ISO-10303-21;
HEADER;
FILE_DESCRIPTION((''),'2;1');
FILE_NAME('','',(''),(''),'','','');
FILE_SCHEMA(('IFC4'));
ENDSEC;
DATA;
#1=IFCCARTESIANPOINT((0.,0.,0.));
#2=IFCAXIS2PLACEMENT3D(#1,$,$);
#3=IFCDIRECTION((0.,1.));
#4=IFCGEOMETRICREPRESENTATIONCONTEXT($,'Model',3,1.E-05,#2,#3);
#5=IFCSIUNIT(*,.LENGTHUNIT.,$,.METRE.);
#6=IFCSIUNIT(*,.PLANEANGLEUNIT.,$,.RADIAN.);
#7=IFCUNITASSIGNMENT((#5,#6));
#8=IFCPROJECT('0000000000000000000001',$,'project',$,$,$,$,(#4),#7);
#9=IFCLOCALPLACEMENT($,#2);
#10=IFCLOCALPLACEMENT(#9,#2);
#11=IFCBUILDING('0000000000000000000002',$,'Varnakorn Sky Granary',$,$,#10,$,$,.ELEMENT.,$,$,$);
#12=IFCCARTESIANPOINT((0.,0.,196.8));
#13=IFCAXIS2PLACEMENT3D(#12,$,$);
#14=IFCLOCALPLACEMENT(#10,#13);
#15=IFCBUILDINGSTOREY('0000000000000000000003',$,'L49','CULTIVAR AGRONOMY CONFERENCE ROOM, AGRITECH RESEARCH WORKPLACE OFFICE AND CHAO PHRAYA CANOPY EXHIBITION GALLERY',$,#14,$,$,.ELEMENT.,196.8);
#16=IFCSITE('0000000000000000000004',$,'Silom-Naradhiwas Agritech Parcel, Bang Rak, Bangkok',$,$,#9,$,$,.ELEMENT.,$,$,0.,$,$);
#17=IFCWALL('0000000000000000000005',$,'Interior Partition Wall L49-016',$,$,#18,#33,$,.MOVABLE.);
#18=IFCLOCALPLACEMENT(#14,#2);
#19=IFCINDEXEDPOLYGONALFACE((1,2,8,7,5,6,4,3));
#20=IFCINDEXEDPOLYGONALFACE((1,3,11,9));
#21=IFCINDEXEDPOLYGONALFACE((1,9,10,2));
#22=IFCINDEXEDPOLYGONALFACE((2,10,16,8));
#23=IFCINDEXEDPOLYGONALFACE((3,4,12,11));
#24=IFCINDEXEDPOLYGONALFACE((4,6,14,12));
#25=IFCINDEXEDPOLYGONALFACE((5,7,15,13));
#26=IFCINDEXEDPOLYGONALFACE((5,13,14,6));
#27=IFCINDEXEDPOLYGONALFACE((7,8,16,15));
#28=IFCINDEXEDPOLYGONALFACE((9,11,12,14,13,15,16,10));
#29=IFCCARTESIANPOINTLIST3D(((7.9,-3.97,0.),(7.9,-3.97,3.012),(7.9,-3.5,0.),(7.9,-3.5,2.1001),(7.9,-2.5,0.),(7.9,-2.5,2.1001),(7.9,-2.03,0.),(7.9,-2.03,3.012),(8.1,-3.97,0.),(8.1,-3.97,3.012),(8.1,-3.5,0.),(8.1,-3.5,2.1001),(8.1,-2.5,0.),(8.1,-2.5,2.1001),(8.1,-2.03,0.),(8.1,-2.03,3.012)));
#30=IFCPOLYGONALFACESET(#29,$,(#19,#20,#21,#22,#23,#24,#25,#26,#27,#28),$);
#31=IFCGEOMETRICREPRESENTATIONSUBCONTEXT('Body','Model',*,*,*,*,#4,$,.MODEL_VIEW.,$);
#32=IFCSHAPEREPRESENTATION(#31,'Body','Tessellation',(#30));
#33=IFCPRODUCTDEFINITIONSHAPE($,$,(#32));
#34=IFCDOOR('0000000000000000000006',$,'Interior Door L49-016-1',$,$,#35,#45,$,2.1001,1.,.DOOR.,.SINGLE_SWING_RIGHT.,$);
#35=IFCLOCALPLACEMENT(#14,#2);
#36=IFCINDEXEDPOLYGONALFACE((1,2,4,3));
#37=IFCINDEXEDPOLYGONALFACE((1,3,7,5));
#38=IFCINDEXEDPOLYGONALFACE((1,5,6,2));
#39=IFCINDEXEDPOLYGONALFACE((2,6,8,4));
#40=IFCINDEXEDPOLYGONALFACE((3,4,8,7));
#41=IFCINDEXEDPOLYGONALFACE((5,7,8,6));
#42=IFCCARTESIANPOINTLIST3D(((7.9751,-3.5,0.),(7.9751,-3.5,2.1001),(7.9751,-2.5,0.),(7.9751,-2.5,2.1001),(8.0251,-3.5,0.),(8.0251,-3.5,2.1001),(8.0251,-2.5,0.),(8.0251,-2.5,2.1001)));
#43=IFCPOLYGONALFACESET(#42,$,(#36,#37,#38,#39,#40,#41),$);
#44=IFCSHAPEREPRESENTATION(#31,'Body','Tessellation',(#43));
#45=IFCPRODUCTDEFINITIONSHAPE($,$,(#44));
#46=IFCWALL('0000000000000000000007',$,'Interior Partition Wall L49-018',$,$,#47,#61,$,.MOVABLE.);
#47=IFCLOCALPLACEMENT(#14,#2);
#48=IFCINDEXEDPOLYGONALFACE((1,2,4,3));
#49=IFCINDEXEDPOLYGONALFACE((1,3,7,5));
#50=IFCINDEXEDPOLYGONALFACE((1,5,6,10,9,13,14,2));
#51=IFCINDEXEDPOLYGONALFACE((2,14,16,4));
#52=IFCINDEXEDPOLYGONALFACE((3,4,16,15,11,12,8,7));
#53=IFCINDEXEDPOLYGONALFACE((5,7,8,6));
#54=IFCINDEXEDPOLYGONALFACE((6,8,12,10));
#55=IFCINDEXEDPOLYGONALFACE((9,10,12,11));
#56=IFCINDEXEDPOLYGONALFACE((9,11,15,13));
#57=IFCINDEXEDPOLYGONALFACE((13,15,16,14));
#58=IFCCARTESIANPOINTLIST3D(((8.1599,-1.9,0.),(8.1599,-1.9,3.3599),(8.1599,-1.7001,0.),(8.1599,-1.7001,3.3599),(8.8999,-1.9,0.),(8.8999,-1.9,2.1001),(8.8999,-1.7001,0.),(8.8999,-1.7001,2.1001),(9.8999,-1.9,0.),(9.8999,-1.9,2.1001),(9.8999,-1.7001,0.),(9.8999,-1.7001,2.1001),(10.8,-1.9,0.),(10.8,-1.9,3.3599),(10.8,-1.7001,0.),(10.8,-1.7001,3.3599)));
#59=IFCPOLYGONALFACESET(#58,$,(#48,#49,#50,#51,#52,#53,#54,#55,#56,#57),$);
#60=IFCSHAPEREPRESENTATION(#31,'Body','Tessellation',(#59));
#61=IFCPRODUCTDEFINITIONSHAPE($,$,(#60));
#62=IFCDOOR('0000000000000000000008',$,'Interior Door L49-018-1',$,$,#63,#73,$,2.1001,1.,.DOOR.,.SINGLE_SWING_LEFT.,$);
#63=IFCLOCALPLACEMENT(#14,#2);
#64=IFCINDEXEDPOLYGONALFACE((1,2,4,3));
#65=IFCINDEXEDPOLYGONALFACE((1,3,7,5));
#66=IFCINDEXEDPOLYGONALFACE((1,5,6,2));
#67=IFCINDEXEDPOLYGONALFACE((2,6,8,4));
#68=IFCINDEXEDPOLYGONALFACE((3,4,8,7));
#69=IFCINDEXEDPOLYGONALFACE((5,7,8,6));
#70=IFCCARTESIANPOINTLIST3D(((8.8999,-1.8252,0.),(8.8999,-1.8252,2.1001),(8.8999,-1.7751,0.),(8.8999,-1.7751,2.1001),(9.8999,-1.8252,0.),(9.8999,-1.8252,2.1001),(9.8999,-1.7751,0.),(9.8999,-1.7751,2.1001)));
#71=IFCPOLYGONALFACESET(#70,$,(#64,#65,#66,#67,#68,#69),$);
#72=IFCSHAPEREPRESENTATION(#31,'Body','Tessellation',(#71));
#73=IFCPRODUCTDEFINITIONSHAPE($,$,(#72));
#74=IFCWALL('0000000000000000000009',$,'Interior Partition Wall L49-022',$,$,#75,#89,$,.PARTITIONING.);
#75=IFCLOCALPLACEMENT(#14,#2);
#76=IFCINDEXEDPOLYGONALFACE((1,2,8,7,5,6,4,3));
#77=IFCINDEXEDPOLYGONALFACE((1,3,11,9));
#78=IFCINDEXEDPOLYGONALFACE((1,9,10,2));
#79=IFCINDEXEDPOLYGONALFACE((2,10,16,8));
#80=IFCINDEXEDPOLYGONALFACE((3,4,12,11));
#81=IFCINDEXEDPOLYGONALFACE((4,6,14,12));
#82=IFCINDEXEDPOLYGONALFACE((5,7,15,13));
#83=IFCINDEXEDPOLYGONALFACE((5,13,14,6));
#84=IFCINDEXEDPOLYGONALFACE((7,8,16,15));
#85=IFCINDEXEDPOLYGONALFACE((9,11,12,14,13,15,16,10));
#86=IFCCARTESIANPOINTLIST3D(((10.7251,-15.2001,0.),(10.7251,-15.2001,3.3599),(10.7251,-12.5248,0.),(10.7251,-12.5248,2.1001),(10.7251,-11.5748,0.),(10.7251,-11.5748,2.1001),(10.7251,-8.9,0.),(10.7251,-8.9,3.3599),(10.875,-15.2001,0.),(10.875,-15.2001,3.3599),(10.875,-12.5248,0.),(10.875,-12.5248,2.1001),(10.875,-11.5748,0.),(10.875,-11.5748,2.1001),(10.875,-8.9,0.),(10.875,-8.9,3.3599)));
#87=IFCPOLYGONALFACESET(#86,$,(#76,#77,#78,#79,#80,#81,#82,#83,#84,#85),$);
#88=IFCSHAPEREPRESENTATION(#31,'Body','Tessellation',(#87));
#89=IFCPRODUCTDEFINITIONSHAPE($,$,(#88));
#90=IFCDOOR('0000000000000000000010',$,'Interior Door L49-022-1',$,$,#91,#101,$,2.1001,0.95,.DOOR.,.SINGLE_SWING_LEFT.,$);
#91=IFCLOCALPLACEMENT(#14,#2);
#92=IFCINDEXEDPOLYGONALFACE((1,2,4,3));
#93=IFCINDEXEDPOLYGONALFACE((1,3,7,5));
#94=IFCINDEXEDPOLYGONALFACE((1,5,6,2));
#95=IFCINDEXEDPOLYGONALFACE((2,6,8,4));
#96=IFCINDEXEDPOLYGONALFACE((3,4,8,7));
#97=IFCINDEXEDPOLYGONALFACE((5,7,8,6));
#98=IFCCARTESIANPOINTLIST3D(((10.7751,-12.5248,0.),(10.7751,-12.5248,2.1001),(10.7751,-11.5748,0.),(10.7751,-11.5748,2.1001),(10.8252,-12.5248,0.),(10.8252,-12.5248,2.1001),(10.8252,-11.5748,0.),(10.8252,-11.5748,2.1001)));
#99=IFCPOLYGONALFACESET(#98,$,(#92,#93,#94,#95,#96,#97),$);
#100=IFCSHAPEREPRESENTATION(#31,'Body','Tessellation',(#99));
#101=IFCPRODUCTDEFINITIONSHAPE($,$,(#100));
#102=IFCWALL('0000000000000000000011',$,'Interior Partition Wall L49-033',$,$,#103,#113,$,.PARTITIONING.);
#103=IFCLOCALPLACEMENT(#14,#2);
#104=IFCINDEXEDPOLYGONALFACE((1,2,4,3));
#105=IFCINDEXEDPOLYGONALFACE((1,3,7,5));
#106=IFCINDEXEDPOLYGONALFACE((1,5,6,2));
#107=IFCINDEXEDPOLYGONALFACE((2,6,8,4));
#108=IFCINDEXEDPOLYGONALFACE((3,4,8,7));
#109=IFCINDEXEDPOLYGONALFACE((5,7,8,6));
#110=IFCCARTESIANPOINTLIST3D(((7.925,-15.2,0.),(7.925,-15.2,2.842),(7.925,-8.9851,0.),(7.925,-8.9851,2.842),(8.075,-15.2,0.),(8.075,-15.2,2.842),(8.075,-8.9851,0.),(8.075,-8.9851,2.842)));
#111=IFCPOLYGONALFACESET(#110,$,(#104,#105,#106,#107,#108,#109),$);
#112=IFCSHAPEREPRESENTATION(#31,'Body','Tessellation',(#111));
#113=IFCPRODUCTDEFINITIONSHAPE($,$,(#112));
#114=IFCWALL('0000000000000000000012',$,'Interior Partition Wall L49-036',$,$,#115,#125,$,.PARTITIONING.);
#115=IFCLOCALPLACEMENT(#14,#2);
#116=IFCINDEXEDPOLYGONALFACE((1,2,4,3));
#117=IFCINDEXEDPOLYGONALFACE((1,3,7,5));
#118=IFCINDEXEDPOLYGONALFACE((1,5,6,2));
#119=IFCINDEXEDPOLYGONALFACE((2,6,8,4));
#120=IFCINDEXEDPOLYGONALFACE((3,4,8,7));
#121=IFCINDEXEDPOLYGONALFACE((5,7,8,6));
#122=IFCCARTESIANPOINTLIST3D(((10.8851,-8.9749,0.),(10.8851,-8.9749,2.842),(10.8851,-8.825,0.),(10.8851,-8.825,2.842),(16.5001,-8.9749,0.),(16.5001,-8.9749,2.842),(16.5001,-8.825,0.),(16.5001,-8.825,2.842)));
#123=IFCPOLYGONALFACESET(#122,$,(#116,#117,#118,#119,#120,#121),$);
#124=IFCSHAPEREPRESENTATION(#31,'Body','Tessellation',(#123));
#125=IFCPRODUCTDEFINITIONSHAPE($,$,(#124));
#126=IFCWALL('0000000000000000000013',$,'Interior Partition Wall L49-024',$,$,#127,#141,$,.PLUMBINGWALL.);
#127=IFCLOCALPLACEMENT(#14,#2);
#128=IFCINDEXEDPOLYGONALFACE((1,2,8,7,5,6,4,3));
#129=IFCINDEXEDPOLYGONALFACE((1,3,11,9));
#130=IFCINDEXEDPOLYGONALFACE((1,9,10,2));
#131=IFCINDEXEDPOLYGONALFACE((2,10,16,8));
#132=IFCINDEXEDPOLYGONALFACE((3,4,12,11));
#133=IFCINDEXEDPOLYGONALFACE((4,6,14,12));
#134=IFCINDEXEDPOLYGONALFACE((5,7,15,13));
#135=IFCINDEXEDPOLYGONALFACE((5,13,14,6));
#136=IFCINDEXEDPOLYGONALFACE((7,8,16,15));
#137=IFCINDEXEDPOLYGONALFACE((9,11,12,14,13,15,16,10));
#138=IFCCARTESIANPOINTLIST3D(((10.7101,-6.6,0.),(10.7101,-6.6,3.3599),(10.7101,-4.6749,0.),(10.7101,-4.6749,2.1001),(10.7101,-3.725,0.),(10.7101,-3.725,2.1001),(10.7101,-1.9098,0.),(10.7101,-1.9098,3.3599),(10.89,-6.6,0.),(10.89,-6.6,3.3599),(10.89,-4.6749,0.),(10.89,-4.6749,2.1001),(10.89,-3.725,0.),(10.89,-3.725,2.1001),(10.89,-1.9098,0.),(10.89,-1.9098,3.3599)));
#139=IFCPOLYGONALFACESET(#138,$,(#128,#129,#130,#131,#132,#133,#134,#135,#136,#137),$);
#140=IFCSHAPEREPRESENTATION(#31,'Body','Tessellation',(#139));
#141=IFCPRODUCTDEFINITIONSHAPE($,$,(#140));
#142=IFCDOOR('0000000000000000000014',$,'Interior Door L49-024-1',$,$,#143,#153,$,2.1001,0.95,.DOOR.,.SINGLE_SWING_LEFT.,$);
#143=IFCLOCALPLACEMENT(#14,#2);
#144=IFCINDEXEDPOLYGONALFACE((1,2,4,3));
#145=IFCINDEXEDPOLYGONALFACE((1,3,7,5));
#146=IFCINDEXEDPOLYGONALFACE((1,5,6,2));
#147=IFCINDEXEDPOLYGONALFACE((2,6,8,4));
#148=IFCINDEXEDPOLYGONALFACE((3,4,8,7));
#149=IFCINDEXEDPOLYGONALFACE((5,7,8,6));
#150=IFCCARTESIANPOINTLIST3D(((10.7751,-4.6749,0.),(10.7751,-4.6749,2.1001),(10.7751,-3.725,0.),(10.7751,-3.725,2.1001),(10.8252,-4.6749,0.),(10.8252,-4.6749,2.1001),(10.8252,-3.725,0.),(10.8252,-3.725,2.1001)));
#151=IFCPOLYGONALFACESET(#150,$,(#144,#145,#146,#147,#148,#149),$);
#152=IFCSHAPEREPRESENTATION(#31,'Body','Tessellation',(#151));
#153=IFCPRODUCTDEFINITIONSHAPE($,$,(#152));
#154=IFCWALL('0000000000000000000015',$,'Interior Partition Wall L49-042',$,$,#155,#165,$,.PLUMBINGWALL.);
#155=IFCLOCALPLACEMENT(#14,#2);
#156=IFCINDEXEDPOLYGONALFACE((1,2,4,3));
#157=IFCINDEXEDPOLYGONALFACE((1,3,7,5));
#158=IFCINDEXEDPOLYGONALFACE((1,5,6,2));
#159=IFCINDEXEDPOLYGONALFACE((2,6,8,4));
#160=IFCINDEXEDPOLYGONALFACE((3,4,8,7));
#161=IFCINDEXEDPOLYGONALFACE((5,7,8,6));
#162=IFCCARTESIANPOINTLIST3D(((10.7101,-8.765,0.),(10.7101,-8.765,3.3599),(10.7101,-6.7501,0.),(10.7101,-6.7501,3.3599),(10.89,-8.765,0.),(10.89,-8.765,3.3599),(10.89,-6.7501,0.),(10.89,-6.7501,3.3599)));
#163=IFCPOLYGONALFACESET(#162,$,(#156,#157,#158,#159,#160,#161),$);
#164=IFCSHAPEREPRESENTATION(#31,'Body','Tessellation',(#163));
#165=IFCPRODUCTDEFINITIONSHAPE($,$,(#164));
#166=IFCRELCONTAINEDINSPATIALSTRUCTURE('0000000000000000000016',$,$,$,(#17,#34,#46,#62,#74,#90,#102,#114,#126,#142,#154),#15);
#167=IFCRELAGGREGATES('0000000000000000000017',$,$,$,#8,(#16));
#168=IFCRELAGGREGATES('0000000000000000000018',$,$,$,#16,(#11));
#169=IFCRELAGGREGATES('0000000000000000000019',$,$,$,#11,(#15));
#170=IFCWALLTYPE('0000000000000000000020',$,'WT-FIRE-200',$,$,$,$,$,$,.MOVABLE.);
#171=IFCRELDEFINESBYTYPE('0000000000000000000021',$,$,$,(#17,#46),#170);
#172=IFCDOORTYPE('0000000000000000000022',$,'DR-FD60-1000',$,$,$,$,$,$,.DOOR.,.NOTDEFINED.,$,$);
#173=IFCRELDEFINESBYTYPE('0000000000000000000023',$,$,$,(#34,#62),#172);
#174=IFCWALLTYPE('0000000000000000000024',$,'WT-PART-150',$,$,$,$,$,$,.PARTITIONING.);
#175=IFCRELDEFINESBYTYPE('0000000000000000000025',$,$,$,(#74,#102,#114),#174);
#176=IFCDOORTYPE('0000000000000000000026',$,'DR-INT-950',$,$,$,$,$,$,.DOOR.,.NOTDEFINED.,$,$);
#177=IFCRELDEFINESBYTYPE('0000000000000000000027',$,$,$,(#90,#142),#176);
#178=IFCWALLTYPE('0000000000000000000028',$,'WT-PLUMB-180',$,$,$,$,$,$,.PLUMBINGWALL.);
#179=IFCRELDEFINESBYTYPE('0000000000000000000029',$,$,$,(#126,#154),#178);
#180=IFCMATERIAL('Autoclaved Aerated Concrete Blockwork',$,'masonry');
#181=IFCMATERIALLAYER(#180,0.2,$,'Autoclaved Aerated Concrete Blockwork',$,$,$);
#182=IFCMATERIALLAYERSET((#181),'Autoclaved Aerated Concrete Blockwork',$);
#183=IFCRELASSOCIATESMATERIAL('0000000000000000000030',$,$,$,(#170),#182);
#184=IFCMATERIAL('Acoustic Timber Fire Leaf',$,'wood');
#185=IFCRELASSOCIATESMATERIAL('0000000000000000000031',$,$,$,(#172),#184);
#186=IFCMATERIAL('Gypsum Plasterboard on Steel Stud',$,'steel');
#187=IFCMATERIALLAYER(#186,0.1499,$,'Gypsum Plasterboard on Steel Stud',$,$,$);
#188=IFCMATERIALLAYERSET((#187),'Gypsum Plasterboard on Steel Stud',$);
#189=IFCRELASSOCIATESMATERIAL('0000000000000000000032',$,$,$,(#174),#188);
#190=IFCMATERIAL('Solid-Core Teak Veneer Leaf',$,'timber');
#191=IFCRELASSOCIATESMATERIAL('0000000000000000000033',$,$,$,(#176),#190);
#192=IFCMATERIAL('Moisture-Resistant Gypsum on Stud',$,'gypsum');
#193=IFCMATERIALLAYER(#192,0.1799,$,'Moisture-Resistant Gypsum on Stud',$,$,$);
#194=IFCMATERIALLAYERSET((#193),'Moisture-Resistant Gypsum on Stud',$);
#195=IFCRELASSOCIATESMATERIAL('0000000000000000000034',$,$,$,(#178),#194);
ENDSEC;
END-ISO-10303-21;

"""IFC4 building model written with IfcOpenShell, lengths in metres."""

from ifc_helpers import new_model, si_unit, direction, frame, frame_2d, origin, place, context, subcontext, project, spatial, rectangle, extrude, material, layer, layer_set, type_object, element, fill, save


model = new_model("IFC4")

# Units and contexts
model_context = context("Model", 3, precision=1e-05, world=origin(), true_north=direction((0.0, 1.0)))
body_context = subcontext(model_context, "Body", "Model", "MODEL_VIEW")
ifc_project = project(units=[si_unit("LENGTHUNIT", "METRE"), si_unit("PLANEANGLEUNIT", "RADIAN")], contexts=[model_context])

# Site, building, storey
site_placement = place(None, origin())
site = spatial("IfcSite", under=ifc_project, at=site_placement, Name="Silom-Naradhiwas Agritech Parcel, Bang Rak, Bangkok", CompositionType="ELEMENT", RefElevation=0.0)
building_placement = place(site_placement, origin())
building = spatial("IfcBuilding", under=site, at=building_placement, Name="Varnakorn Sky Granary", CompositionType="ELEMENT")
storey_placement = place(building_placement, frame((0.0, 0.0, 196.8)))
storey = spatial("IfcBuildingStorey", under=building, at=storey_placement, Name="L49", Description="CULTIVAR AGRONOMY CONFERENCE ROOM, AGRITECH RESEARCH WORKPLACE OFFICE AND CHAO PHRAYA CANOPY EXHIBITION GALLERY", CompositionType="ELEMENT", Elevation=196.8)

# Walls, openings, doors
ifc_material_1 = material(Name="Autoclaved Aerated Concrete Blockwork", Category="masonry")
ifc_layer_1 = layer(ifc_material_1, 0.2, Name="Autoclaved Aerated Concrete Blockwork")
ifc_layer_set_1 = layer_set([ifc_layer_1], Name="Autoclaved Aerated Concrete Blockwork")
wall_type_1 = type_object("IfcWallType", Name="WT-FIRE-200", PredefinedType="MOVABLE", material=ifc_layer_set_1)
wall_1_placement = place(storey_placement, frame((8.0, -3.97, 0.0), z_axis=(0.0, 0.0, 1.0), x_axis=(0.0, 1.0, 0.0)))
wall_1 = element("IfcWall", 1, at=wall_1_placement, inside=storey, type_object=wall_type_1, Name="Interior Partition Wall L49-016", PredefinedType="MOVABLE", context=body_context, shape_type="SweptSolid", body=[
    extrude(rectangle(XDim=1.9399, YDim=0.2, at=frame_2d((0.97, 0.0))), origin(), (0.0, 0.0, 1.0), 3.012),
])
opening_1_placement = place(wall_1_placement, frame((0.47, 0.0, 0.0)))
opening_1 = element("IfcOpeningElement", 2, at=opening_1_placement, cuts=wall_1, PredefinedType="OPENING", context=body_context, shape_type="SweptSolid", body=[
    extrude(rectangle(XDim=1.0, YDim=2.1001, at=frame_2d((0.5, 1.05))), frame((0.0, 0.1099, 0.0), z_axis=(0.0, -1.0, 0.0), x_axis=(1.0, 0.0, 0.0)), (0.0, 0.0, 1.0), 0.22),
])
ifc_material_2 = material(Name="Acoustic Timber Fire Leaf", Category="wood")
door_type_1 = type_object("IfcDoorType", Name="DR-FD60-1000", OperationType="NOTDEFINED", PredefinedType="DOOR", material=ifc_material_2)
door_1_placement = place(opening_1_placement, origin())
door_1 = element("IfcDoor", 3, at=door_1_placement, inside=storey, type_object=door_type_1, Name="Interior Door L49-016-1", OperationType="SINGLE_SWING_RIGHT", OverallHeight=2.1001, OverallWidth=1.0, PredefinedType="DOOR", context=body_context, shape_type="SweptSolid", body=[
    extrude(rectangle(XDim=1.0, YDim=2.1001, at=frame_2d((0.5, 1.05))), frame((0.0, 0.0249, 0.0), z_axis=(0.0, -1.0, 0.0), x_axis=(1.0, 0.0, 0.0)), (0.0, 0.0, 1.0), 0.05),
])
fill(opening_1, door_1)
wall_2_placement = place(storey_placement, frame((8.1599, -1.8, 0.0), z_axis=(0.0, 0.0, 1.0), x_axis=(1.0, 0.0, 0.0)))
wall_2 = element("IfcWall", 4, at=wall_2_placement, inside=storey, type_object=wall_type_1, Name="Interior Partition Wall L49-018", PredefinedType="MOVABLE", context=body_context, shape_type="SweptSolid", body=[
    extrude(rectangle(XDim=2.6401, YDim=0.2, at=frame_2d((1.3201, 0.0))), origin(), (0.0, 0.0, 1.0), 3.3599),
])
opening_2_placement = place(wall_2_placement, frame((0.74, 0.0, 0.0)))
opening_2 = element("IfcOpeningElement", 5, at=opening_2_placement, cuts=wall_2, PredefinedType="OPENING", context=body_context, shape_type="SweptSolid", body=[
    extrude(rectangle(XDim=1.0, YDim=2.1001, at=frame_2d((0.5, 1.05))), frame((0.0, 0.1099, 0.0), z_axis=(0.0, -1.0, 0.0), x_axis=(1.0, 0.0, 0.0)), (0.0, 0.0, 1.0), 0.22),
])
door_2_placement = place(opening_2_placement, origin())
door_2 = element("IfcDoor", 6, at=door_2_placement, inside=storey, type_object=door_type_1, Name="Interior Door L49-018-1", OperationType="SINGLE_SWING_LEFT", OverallHeight=2.1001, OverallWidth=1.0, PredefinedType="DOOR", context=body_context, shape_type="SweptSolid", body=[
    extrude(rectangle(XDim=1.0, YDim=2.1001, at=frame_2d((0.5, 1.05))), frame((0.0, 0.0249, 0.0), z_axis=(0.0, -1.0, 0.0), x_axis=(1.0, 0.0, 0.0)), (0.0, 0.0, 1.0), 0.05),
])
fill(opening_2, door_2)
ifc_material_3 = material(Name="Gypsum Plasterboard on Steel Stud", Category="steel")
ifc_layer_2 = layer(ifc_material_3, 0.1499, Name="Gypsum Plasterboard on Steel Stud")
ifc_layer_set_2 = layer_set([ifc_layer_2], Name="Gypsum Plasterboard on Steel Stud")
wall_type_2 = type_object("IfcWallType", Name="WT-PART-150", PredefinedType="PARTITIONING", material=ifc_layer_set_2)
wall_3_placement = place(storey_placement, frame((10.8, -15.2, 0.0), z_axis=(0.0, 0.0, 1.0), x_axis=(0.0, 1.0, 0.0)))
wall_3 = element("IfcWall", 7, at=wall_3_placement, inside=storey, type_object=wall_type_2, Name="Interior Partition Wall L49-022", PredefinedType="PARTITIONING", context=body_context, shape_type="SweptSolid", body=[
    extrude(rectangle(XDim=6.3, YDim=0.1499, at=frame_2d((3.1499, 0.0))), origin(), (0.0, 0.0, 1.0), 3.3599),
])
opening_3_placement = place(wall_3_placement, frame((2.675, 0.0, 0.0)))
opening_3 = element("IfcOpeningElement", 8, at=opening_3_placement, cuts=wall_3, PredefinedType="OPENING", context=body_context, shape_type="SweptSolid", body=[
    extrude(rectangle(XDim=0.95, YDim=2.1001, at=frame_2d((0.4751, 1.05))), frame((0.0, 0.085, 0.0), z_axis=(0.0, -1.0, 0.0), x_axis=(1.0, 0.0, 0.0)), (0.0, 0.0, 1.0), 0.1699),
])
ifc_material_4 = material(Name="Solid-Core Teak Veneer Leaf", Category="timber")
door_type_2 = type_object("IfcDoorType", Name="DR-INT-950", OperationType="NOTDEFINED", PredefinedType="DOOR", material=ifc_material_4)
door_3_placement = place(opening_3_placement, origin())
door_3 = element("IfcDoor", 9, at=door_3_placement, inside=storey, type_object=door_type_2, Name="Interior Door L49-022-1", OperationType="SINGLE_SWING_LEFT", OverallHeight=2.1001, OverallWidth=0.95, PredefinedType="DOOR", context=body_context, shape_type="SweptSolid", body=[
    extrude(rectangle(XDim=0.95, YDim=2.1001, at=frame_2d((0.4751, 1.05))), frame((0.0, 0.0249, 0.0), z_axis=(0.0, -1.0, 0.0), x_axis=(1.0, 0.0, 0.0)), (0.0, 0.0, 1.0), 0.05),
])
fill(opening_3, door_3)

# Walls
wall_4_placement = place(storey_placement, frame((8.0, -8.9851, 0.0), z_axis=(0.0, 0.0, 1.0), x_axis=(0.0, -1.0, 0.0)))
element("IfcWall", 10, at=wall_4_placement, inside=storey, type_object=wall_type_2, Name="Interior Partition Wall L49-033", PredefinedType="PARTITIONING", context=body_context, shape_type="SweptSolid", body=[
    extrude(rectangle(XDim=6.2148, YDim=0.1499, at=frame_2d((3.1074, 0.0))), origin(), (0.0, 0.0, 1.0), 2.842),
])
wall_5_placement = place(storey_placement, frame((10.885, -8.8999, 0.0), z_axis=(0.0, 0.0, 1.0), x_axis=(1.0, 0.0, 0.0)))
element("IfcWall", 11, at=wall_5_placement, inside=storey, type_object=wall_type_2, Name="Interior Partition Wall L49-036", PredefinedType="PARTITIONING", context=body_context, shape_type="SweptSolid", body=[
    extrude(rectangle(XDim=5.615, YDim=0.1499, at=frame_2d((2.8076, 0.0))), origin(), (0.0, 0.0, 1.0), 2.842),
])

# Wall, opening, door
ifc_material_5 = material(Name="Moisture-Resistant Gypsum on Stud", Category="gypsum")
ifc_layer_3 = layer(ifc_material_5, 0.1799, Name="Moisture-Resistant Gypsum on Stud")
ifc_layer_set_3 = layer_set([ifc_layer_3], Name="Moisture-Resistant Gypsum on Stud")
wall_type_3 = type_object("IfcWallType", Name="WT-PLUMB-180", PredefinedType="PLUMBINGWALL", material=ifc_layer_set_3)
wall_6_placement = place(storey_placement, frame((10.8, -6.6001, 0.0), z_axis=(0.0, 0.0, 1.0), x_axis=(0.0, 1.0, 0.0)))
wall_6 = element("IfcWall", 12, at=wall_6_placement, inside=storey, type_object=wall_type_3, Name="Interior Partition Wall L49-024", PredefinedType="PLUMBINGWALL", context=body_context, shape_type="SweptSolid", body=[
    extrude(rectangle(XDim=4.6902, YDim=0.1799, at=frame_2d((2.3452, 0.0))), origin(), (0.0, 0.0, 1.0), 3.3599),
])
opening_4_placement = place(wall_6_placement, frame((1.925, 0.0, 0.0)))
opening_4 = element("IfcOpeningElement", 13, at=opening_4_placement, cuts=wall_6, PredefinedType="OPENING", context=body_context, shape_type="SweptSolid", body=[
    extrude(rectangle(XDim=0.95, YDim=2.1001, at=frame_2d((0.4751, 1.05))), frame((0.0, 0.1001, 0.0), z_axis=(0.0, -1.0, 0.0), x_axis=(1.0, 0.0, 0.0)), (0.0, 0.0, 1.0), 0.2),
])
door_4_placement = place(opening_4_placement, origin())
door_4 = element("IfcDoor", 14, at=door_4_placement, inside=storey, type_object=door_type_2, Name="Interior Door L49-024-1", OperationType="SINGLE_SWING_LEFT", OverallHeight=2.1001, OverallWidth=0.95, PredefinedType="DOOR", context=body_context, shape_type="SweptSolid", body=[
    extrude(rectangle(XDim=0.95, YDim=2.1001, at=frame_2d((0.4751, 1.05))), frame((0.0, 0.0249, 0.0), z_axis=(0.0, -1.0, 0.0), x_axis=(1.0, 0.0, 0.0)), (0.0, 0.0, 1.0), 0.05),
])
fill(opening_4, door_4)

# Wall
wall_7_placement = place(storey_placement, frame((10.8, -8.7649, 0.0), z_axis=(0.0, 0.0, 1.0), x_axis=(0.0, 1.0, 0.0)))
element("IfcWall", 15, at=wall_7_placement, inside=storey, type_object=wall_type_3, Name="Interior Partition Wall L49-042", PredefinedType="PLUMBINGWALL", context=body_context, shape_type="SweptSolid", body=[
    extrude(rectangle(XDim=2.0149, YDim=0.1799, at=frame_2d((1.0073, 0.0))), origin(), (0.0, 0.0, 1.0), 3.3599),
])

save(model, "model.ifc")
